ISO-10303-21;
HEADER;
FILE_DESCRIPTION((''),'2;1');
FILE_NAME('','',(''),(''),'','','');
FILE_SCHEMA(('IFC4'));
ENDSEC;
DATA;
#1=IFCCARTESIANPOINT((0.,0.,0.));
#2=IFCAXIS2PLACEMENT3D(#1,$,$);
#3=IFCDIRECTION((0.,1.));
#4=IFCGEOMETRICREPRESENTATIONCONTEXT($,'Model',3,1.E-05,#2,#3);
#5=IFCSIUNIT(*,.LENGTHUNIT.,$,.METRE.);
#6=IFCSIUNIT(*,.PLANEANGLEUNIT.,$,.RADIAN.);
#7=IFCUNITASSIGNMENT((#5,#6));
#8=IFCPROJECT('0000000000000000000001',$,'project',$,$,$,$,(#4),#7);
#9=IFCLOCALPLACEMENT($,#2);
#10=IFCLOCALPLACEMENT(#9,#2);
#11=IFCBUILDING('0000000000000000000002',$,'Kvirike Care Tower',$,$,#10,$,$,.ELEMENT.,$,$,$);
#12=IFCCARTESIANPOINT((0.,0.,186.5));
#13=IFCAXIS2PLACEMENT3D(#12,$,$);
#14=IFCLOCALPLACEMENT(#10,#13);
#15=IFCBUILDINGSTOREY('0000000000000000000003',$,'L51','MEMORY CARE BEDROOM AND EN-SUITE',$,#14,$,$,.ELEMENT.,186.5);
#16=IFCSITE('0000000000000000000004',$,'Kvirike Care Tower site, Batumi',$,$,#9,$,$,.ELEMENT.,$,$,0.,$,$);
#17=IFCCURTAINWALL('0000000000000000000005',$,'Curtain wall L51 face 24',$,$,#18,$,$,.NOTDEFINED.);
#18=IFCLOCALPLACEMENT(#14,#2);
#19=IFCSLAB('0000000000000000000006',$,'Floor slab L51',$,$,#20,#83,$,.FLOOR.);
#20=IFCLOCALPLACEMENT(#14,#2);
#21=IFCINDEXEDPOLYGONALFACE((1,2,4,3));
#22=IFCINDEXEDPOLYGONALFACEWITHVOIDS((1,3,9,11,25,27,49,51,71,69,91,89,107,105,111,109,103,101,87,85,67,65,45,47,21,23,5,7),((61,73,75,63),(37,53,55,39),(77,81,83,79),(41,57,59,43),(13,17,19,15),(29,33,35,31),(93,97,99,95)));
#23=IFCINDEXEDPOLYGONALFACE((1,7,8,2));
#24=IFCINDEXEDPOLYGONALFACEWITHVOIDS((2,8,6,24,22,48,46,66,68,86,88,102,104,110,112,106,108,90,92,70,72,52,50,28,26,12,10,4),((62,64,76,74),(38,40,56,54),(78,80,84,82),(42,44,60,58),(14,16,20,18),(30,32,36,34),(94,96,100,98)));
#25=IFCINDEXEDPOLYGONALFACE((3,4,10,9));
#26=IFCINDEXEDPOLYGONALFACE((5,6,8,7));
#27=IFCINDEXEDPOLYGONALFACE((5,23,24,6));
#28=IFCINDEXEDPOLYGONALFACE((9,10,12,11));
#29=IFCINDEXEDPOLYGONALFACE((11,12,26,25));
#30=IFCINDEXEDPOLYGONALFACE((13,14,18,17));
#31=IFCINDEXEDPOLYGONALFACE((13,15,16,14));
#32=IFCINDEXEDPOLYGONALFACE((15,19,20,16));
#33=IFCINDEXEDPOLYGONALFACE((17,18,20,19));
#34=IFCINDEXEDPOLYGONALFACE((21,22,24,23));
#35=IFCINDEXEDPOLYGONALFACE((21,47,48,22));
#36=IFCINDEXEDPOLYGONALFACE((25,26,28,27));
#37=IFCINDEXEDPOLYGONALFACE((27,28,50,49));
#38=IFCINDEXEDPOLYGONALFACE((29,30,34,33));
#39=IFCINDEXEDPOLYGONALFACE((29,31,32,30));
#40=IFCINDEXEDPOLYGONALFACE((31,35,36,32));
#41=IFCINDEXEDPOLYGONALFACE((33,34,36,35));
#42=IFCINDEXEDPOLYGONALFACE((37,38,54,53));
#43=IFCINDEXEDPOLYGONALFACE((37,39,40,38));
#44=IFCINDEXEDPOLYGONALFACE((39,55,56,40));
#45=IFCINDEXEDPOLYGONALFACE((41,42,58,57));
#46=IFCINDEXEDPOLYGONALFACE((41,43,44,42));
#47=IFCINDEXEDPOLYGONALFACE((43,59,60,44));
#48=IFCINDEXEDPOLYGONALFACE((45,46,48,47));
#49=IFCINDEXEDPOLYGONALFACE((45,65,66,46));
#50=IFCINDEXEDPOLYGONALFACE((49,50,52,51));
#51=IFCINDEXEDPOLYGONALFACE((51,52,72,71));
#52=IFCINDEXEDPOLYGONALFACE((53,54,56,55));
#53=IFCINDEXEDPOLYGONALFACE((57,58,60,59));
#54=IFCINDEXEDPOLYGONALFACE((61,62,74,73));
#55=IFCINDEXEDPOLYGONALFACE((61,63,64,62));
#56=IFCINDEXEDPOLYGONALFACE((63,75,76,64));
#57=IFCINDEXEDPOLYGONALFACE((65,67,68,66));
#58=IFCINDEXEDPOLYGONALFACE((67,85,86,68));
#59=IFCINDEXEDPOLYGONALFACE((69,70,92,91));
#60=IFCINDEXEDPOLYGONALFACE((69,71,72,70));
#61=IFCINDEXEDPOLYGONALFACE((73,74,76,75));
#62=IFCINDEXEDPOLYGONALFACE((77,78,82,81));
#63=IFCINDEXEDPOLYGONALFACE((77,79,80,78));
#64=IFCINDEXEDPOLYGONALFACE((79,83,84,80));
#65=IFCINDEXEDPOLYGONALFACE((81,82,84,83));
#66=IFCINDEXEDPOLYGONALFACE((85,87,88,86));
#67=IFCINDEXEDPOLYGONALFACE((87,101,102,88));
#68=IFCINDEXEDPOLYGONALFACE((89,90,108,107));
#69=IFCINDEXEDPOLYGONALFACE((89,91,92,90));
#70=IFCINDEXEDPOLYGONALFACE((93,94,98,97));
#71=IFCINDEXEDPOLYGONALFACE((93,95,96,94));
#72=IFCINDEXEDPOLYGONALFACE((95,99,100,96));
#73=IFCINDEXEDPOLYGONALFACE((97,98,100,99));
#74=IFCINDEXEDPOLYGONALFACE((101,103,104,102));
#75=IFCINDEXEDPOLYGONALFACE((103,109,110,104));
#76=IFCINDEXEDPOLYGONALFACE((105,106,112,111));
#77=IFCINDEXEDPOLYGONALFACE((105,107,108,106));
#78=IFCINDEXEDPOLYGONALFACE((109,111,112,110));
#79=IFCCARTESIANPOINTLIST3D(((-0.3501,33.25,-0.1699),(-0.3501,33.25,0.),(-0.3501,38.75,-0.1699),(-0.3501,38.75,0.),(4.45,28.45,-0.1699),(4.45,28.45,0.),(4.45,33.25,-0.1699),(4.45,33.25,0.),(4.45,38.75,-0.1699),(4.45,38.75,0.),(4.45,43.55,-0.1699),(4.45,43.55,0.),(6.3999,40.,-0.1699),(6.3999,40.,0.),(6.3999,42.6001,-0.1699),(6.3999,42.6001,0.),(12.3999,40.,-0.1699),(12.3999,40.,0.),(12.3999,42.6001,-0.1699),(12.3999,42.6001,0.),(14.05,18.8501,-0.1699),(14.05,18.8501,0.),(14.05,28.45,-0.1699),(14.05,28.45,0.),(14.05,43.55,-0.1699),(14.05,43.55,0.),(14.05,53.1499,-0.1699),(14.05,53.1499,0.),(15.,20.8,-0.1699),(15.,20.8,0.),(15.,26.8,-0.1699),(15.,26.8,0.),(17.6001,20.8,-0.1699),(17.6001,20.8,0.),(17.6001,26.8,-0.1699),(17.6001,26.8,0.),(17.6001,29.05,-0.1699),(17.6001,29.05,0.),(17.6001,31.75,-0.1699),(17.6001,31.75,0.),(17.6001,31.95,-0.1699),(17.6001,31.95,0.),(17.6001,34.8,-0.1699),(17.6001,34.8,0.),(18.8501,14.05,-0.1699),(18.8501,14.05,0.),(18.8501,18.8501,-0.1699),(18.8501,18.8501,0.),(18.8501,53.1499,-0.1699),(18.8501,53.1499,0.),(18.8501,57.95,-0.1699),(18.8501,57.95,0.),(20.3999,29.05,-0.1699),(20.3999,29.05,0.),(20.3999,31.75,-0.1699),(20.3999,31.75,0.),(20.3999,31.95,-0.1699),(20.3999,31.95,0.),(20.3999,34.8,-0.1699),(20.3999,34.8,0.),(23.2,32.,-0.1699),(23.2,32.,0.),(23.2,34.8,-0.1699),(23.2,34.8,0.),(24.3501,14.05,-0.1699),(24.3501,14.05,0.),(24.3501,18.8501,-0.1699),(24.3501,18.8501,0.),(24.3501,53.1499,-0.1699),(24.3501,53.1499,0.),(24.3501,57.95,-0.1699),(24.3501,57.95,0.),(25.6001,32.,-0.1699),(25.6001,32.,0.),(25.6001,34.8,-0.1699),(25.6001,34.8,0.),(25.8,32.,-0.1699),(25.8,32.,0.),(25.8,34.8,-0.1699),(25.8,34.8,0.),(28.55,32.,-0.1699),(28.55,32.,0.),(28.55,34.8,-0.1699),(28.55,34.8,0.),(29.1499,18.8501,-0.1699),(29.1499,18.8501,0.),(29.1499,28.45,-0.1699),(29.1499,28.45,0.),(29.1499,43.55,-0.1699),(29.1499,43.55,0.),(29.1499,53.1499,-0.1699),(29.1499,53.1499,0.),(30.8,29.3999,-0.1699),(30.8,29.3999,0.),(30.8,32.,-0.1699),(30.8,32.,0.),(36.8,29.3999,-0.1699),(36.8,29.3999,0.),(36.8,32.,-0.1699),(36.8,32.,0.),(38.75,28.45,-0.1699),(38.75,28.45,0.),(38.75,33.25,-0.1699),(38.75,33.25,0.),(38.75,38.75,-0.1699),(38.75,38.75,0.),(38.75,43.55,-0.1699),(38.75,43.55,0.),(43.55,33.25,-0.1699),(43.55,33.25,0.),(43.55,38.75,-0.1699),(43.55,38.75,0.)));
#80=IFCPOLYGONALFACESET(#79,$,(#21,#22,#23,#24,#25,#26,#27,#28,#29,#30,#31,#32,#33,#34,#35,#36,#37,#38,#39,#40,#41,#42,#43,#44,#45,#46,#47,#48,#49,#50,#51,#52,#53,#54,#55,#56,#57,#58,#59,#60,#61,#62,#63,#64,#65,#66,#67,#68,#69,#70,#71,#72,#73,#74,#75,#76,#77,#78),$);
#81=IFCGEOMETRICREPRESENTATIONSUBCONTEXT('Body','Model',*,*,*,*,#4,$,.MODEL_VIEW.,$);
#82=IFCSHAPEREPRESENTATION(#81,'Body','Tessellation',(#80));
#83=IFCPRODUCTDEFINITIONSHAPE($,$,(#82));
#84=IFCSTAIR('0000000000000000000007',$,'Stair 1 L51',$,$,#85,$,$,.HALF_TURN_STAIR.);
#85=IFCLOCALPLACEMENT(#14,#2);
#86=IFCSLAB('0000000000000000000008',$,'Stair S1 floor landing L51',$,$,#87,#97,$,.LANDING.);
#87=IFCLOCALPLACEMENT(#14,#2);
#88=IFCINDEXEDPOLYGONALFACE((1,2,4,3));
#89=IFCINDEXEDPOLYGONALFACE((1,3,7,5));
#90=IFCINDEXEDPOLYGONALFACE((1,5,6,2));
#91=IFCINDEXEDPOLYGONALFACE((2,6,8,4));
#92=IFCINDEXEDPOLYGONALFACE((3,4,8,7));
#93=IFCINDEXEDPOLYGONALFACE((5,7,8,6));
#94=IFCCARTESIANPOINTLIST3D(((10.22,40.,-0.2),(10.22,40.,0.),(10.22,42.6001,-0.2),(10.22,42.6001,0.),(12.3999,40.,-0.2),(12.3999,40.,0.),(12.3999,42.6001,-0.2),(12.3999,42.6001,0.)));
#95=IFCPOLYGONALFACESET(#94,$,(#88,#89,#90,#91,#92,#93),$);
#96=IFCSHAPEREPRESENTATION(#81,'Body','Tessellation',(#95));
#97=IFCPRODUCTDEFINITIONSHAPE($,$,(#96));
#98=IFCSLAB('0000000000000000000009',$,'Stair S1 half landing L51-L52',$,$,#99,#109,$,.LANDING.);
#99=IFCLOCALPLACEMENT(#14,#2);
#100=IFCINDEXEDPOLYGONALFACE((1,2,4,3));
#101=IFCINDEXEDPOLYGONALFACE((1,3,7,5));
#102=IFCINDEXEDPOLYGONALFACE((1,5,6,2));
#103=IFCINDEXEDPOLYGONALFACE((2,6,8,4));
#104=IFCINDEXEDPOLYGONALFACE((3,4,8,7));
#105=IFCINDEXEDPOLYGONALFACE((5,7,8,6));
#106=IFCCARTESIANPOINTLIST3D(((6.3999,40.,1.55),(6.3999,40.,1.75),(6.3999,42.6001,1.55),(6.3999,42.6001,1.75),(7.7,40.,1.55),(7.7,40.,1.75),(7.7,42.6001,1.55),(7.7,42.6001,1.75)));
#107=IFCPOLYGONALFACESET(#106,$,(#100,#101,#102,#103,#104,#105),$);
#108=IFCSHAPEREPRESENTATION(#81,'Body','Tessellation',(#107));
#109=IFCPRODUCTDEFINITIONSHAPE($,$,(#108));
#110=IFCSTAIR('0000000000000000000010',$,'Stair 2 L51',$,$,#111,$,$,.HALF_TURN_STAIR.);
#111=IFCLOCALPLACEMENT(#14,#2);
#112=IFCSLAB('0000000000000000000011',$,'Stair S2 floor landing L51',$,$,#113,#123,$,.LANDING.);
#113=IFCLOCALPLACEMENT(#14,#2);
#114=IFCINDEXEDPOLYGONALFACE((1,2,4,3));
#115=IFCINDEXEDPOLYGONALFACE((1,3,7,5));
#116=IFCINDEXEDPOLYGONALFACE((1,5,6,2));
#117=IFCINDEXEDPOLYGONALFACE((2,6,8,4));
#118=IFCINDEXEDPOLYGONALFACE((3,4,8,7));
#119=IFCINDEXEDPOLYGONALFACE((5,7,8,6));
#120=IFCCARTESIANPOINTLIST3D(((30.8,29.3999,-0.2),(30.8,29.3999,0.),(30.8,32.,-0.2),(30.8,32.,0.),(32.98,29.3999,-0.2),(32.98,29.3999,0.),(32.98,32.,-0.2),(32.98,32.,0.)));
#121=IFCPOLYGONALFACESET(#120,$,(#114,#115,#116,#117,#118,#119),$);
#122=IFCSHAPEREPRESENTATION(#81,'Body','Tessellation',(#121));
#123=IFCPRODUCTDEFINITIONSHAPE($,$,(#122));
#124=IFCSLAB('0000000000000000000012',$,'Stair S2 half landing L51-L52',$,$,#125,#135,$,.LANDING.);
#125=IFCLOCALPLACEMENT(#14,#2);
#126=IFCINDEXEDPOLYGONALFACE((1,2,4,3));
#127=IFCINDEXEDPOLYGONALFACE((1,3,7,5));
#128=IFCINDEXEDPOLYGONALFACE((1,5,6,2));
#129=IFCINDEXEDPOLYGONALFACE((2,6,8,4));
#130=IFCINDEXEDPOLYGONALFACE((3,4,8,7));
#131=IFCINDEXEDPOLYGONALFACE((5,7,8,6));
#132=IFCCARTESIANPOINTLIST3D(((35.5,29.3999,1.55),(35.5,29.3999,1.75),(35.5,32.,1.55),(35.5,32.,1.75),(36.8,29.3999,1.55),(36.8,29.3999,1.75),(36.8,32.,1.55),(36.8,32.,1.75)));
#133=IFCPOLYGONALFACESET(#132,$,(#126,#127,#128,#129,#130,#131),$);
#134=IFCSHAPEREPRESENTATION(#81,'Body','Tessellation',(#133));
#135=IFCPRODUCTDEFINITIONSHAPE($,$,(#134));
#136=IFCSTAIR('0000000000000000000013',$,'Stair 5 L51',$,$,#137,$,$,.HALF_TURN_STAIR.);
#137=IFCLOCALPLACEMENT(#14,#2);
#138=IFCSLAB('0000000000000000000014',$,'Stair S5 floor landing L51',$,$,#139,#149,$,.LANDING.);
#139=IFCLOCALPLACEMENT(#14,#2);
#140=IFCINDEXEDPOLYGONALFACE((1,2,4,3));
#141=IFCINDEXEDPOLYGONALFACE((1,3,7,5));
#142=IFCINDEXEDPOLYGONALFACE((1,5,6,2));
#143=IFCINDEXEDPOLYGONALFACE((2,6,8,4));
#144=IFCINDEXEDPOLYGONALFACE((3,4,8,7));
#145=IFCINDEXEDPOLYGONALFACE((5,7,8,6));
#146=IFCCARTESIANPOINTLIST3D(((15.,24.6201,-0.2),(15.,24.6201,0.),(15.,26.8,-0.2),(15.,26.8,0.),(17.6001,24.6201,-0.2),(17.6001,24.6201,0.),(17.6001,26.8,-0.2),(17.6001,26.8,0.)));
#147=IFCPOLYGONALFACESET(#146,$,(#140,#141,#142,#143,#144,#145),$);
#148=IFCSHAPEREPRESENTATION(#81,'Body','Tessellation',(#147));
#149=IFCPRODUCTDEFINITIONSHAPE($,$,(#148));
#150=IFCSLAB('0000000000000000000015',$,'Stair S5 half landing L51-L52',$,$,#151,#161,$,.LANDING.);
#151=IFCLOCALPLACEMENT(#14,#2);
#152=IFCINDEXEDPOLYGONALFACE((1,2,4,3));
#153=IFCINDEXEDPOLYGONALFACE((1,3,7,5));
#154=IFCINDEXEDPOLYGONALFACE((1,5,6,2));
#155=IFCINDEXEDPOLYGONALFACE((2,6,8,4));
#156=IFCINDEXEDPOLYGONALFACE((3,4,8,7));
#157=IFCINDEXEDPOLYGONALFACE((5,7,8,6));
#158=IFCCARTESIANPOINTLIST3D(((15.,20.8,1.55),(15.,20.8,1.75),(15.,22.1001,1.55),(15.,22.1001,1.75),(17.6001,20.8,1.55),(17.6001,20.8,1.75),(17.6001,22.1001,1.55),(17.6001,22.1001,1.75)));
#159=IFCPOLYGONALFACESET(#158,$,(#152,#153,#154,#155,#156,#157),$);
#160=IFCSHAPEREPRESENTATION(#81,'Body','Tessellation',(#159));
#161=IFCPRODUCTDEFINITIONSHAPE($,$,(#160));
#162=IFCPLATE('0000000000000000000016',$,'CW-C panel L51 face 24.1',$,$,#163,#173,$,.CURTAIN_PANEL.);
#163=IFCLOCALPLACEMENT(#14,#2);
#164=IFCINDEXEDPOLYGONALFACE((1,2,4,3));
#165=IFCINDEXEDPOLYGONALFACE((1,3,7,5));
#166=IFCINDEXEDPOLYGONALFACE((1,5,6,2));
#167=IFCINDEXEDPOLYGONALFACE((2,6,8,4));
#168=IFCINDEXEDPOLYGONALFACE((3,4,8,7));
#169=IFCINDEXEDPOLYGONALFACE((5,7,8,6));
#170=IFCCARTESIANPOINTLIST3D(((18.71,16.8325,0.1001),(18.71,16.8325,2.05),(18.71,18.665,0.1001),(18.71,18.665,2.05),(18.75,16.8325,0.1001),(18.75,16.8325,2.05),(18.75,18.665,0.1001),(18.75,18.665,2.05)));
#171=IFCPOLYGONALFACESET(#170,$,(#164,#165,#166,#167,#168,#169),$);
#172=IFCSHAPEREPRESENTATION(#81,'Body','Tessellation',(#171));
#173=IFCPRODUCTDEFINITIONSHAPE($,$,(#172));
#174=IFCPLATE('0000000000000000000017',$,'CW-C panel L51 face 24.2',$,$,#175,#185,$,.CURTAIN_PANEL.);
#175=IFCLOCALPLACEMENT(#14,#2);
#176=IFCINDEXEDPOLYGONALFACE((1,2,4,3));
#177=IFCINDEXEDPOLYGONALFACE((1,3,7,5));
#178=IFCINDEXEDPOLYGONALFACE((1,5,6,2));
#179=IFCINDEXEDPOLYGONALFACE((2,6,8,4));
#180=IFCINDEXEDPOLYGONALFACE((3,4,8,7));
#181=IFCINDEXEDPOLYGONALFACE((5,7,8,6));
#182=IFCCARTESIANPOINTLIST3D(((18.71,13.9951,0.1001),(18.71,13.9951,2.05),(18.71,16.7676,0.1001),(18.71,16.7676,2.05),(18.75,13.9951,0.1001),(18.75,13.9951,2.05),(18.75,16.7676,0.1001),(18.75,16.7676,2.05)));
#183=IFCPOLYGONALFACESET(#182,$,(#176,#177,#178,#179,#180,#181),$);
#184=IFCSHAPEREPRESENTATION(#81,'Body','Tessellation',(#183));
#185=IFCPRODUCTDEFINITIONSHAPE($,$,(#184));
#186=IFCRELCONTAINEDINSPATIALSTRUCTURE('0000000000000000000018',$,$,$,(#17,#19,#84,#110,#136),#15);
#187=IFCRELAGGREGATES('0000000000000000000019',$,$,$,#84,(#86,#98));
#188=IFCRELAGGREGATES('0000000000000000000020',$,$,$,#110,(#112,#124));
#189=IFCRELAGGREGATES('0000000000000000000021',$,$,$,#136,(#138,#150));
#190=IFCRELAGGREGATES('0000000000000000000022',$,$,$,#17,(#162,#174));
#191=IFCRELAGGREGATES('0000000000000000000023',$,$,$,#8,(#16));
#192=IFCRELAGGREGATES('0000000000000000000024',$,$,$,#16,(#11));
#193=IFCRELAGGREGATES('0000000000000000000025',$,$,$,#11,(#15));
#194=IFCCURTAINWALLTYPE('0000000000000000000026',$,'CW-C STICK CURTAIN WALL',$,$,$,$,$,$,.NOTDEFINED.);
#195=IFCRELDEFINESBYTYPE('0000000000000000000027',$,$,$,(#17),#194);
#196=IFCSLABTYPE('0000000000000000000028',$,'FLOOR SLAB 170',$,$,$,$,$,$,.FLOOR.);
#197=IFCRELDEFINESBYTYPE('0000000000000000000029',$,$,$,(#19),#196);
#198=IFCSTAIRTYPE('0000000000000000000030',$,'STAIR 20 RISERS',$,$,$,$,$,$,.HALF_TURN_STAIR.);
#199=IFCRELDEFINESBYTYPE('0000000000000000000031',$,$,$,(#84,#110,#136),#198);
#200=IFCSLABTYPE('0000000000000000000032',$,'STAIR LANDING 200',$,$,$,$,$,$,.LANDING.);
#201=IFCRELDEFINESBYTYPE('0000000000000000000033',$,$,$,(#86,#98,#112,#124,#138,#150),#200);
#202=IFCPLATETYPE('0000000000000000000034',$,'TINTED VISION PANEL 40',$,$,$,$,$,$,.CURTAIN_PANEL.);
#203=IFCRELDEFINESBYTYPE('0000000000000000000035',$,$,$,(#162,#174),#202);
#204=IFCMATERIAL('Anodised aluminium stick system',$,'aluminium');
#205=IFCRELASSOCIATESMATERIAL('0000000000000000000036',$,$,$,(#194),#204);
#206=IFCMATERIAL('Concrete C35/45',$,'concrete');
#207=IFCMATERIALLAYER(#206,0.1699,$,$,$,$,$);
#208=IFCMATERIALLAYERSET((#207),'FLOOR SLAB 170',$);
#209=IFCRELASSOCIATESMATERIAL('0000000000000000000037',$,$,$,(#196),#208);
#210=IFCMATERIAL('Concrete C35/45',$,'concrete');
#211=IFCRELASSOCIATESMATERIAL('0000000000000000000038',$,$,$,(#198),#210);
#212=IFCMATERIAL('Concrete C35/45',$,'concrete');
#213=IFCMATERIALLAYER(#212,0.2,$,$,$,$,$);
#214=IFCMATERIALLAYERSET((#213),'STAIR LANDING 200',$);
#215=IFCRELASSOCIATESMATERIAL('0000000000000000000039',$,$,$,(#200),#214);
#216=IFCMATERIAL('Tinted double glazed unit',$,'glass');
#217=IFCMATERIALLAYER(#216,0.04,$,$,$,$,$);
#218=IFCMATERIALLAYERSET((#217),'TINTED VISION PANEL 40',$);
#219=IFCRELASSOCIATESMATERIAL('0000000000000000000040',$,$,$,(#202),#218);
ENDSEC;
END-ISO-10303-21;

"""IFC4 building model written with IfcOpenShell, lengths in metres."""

from ifc_helpers import new_model, si_unit, direction, frame, origin, origin_2d, place, context, subcontext, project, spatial, polyline, rectangle, outline, extrude, material, layer, layer_set, type_object, element, aggregate, save


model = new_model("IFC4")

# Units and contexts
model_context = context("Model", 3, precision=1e-05, world=origin(), true_north=direction((0.0, 1.0)))
body_context = subcontext(model_context, "Body", "Model", "MODEL_VIEW")
ifc_project = project(units=[si_unit("LENGTHUNIT", "METRE"), si_unit("PLANEANGLEUNIT", "RADIAN")], contexts=[model_context])

# Site, building, storey
site_placement = place(None, origin())
site = spatial("IfcSite", under=ifc_project, at=site_placement, Name="Kvirike Care Tower site, Batumi", CompositionType="ELEMENT", RefElevation=0.0)
building_placement = place(site_placement, origin())
building = spatial("IfcBuilding", under=site, at=building_placement, Name="Kvirike Care Tower", CompositionType="ELEMENT")
storey_placement = place(building_placement, frame((0.0, 0.0, 186.5)))
storey = spatial("IfcBuildingStorey", under=building, at=storey_placement, Name="L51", Description="MEMORY CARE BEDROOM AND EN-SUITE", CompositionType="ELEMENT", Elevation=186.5)

# Curtain wall
ifc_material_1 = material(Name="Anodised aluminium stick system", Category="aluminium")
curtain_wall_type = type_object("IfcCurtainWallType", Name="CW-C STICK CURTAIN WALL", PredefinedType="NOTDEFINED", material=ifc_material_1)
curtain_wall_1_placement = place(storey_placement, origin())
curtain_wall_1 = element("IfcCurtainWall", 1, at=curtain_wall_1_placement, inside=storey, type_object=curtain_wall_type, Name="Curtain wall L51 face 24", PredefinedType="NOTDEFINED")

# Slab
ifc_material_2 = material(Name="Concrete C35/45", Category="concrete")
ifc_layer_1 = layer(ifc_material_2, 0.1699)
ifc_layer_set_1 = layer_set([ifc_layer_1], Name="FLOOR SLAB 170")
slab_type_1 = type_object("IfcSlabType", Name="FLOOR SLAB 170", PredefinedType="FLOOR", material=ifc_layer_set_1)
slab_1_placement = place(storey_placement, frame((0.0, 0.0, -0.1699)))
element("IfcSlab", 2, at=slab_1_placement, inside=storey, type_object=slab_type_1, Name="Floor slab L51", PredefinedType="FLOOR", context=body_context, shape_type="SweptSolid", body=[
    extrude(outline(polyline([(29.1499, 28.45), (38.75, 28.45), (38.75, 33.25), (43.55, 33.25), (43.55, 38.75), (38.75, 38.75), (38.75, 43.55), (29.1499, 43.55), (29.1499, 53.1499), (24.3501, 53.1499), (24.3501, 57.95), (18.8501, 57.95), (18.8501, 53.1499), (14.05, 53.1499), (14.05, 43.55), (4.45, 43.55), (4.45, 38.75), (-0.3501, 38.75), (-0.3501, 33.25), (4.45, 33.25), (4.45, 28.45), (14.05, 28.45), (14.05, 18.8501), (18.8501, 18.8501), (18.8501, 14.05), (24.3501, 14.05), (24.3501, 18.8501), (29.1499, 18.8501), (29.1499, 28.45)]), holes=[polyline([(17.6001, 29.05), (17.6001, 31.75), (20.3999, 31.75), (20.3999, 29.05), (17.6001, 29.05)]), polyline([(17.6001, 31.95), (17.6001, 34.8), (20.3999, 34.8), (20.3999, 31.95), (17.6001, 31.95)]), polyline([(23.2, 32.0), (23.2, 34.8), (25.6001, 34.8), (25.6001, 32.0), (23.2, 32.0)]), polyline([(25.8, 32.0), (25.8, 34.8), (28.55, 34.8), (28.55, 32.0), (25.8, 32.0)]), polyline([(12.3999, 42.6001), (12.3999, 40.0), (6.3999, 40.0), (6.3999, 42.6001), (12.3999, 42.6001)]), polyline([(30.8, 29.3999), (30.8, 32.0), (36.8, 32.0), (36.8, 29.3999), (30.8, 29.3999)]), polyline([(15.0, 26.8), (17.6001, 26.8), (17.6001, 20.8), (15.0, 20.8), (15.0, 26.8)])]), origin(), (0.0, 0.0, 1.0), 0.1699),
])

# Stairs, slabs
ifc_material_3 = material(Name="Concrete C35/45", Category="concrete")
stair_type = type_object("IfcStairType", Name="STAIR 20 RISERS", PredefinedType="HALF_TURN_STAIR", material=ifc_material_3)
stair_1_placement = place(storey_placement, origin())
stair_1 = element("IfcStair", 3, at=stair_1_placement, inside=storey, type_object=stair_type, Name="Stair 1 L51", PredefinedType="HALF_TURN_STAIR")
ifc_material_4 = material(Name="Concrete C35/45", Category="concrete")
ifc_layer_2 = layer(ifc_material_4, 0.2)
ifc_layer_set_2 = layer_set([ifc_layer_2], Name="STAIR LANDING 200")
slab_type_2 = type_object("IfcSlabType", Name="STAIR LANDING 200", PredefinedType="LANDING", material=ifc_layer_set_2)
slab_2_placement = place(storey_placement, frame((0.0, 0.0, -0.2)))
slab_2 = element("IfcSlab", 4, at=slab_2_placement, type_object=slab_type_2, Name="Stair S1 floor landing L51", PredefinedType="LANDING", context=body_context, shape_type="SweptSolid", body=[
    extrude(outline(polyline([(10.22, 42.6001), (10.22, 40.0), (12.3999, 40.0), (12.3999, 42.6001), (10.22, 42.6001)])), origin(), (0.0, 0.0, 1.0), 0.2),
])
slab_3_placement = place(storey_placement, frame((0.0, 0.0, 1.55)))
slab_3 = element("IfcSlab", 5, at=slab_3_placement, type_object=slab_type_2, Name="Stair S1 half landing L51-L52", PredefinedType="LANDING", context=body_context, shape_type="SweptSolid", body=[
    extrude(outline(polyline([(6.3999, 42.6001), (6.3999, 40.0), (7.7, 40.0), (7.7, 42.6001), (6.3999, 42.6001)])), origin(), (0.0, 0.0, 1.0), 0.2),
])
aggregate(stair_1, [slab_2, slab_3])
stair_2_placement = place(storey_placement, origin())
stair_2 = element("IfcStair", 6, at=stair_2_placement, inside=storey, type_object=stair_type, Name="Stair 2 L51", PredefinedType="HALF_TURN_STAIR")
slab_4_placement = place(storey_placement, frame((0.0, 0.0, -0.2)))
slab_4 = element("IfcSlab", 7, at=slab_4_placement, type_object=slab_type_2, Name="Stair S2 floor landing L51", PredefinedType="LANDING", context=body_context, shape_type="SweptSolid", body=[
    extrude(outline(polyline([(32.98, 29.3999), (32.98, 32.0), (30.8, 32.0), (30.8, 29.3999), (32.98, 29.3999)])), origin(), (0.0, 0.0, 1.0), 0.2),
])
slab_5_placement = place(storey_placement, frame((0.0, 0.0, 1.55)))
slab_5 = element("IfcSlab", 8, at=slab_5_placement, type_object=slab_type_2, Name="Stair S2 half landing L51-L52", PredefinedType="LANDING", context=body_context, shape_type="SweptSolid", body=[
    extrude(outline(polyline([(36.8, 29.3999), (36.8, 32.0), (35.5, 32.0), (35.5, 29.3999), (36.8, 29.3999)])), origin(), (0.0, 0.0, 1.0), 0.2),
])
aggregate(stair_2, [slab_4, slab_5])
stair_3_placement = place(storey_placement, origin())
stair_3 = element("IfcStair", 9, at=stair_3_placement, inside=storey, type_object=stair_type, Name="Stair 5 L51", PredefinedType="HALF_TURN_STAIR")
slab_6_placement = place(storey_placement, frame((0.0, 0.0, -0.2)))
slab_6 = element("IfcSlab", 10, at=slab_6_placement, type_object=slab_type_2, Name="Stair S5 floor landing L51", PredefinedType="LANDING", context=body_context, shape_type="SweptSolid", body=[
    extrude(outline(polyline([(15.0, 24.6201), (17.6001, 24.6201), (17.6001, 26.8), (15.0, 26.8), (15.0, 24.6201)])), origin(), (0.0, 0.0, 1.0), 0.2),
])
slab_7_placement = place(storey_placement, frame((0.0, 0.0, 1.55)))
slab_7 = element("IfcSlab", 11, at=slab_7_placement, type_object=slab_type_2, Name="Stair S5 half landing L51-L52", PredefinedType="LANDING", context=body_context, shape_type="SweptSolid", body=[
    extrude(outline(polyline([(15.0, 20.8), (17.6001, 20.8), (17.6001, 22.1001), (15.0, 22.1001), (15.0, 20.8)])), origin(), (0.0, 0.0, 1.0), 0.2),
])
aggregate(stair_3, [slab_6, slab_7])

# Plates
ifc_material_5 = material(Name="Tinted double glazed unit", Category="glass")
ifc_layer_3 = layer(ifc_material_5, 0.04)
ifc_layer_set_3 = layer_set([ifc_layer_3], Name="TINTED VISION PANEL 40")
plate_type = type_object("IfcPlateType", Name="TINTED VISION PANEL 40", PredefinedType="CURTAIN_PANEL", material=ifc_layer_set_3)
plate_1_placement = place(storey_placement, frame((18.73, 17.7488, 0.1001), z_axis=(0.0, 0.0, 1.0), x_axis=(0.0, -1.0, 0.0)))
plate_1 = element("IfcPlate", 12, at=plate_1_placement, type_object=plate_type, Name="CW-C panel L51 face 24.1", PredefinedType="CURTAIN_PANEL", context=body_context, shape_type="SweptSolid", body=[
    extrude(rectangle(XDim=1.8325, YDim=0.04, at=origin_2d()), origin(), (0.0, 0.0, 1.0), 1.95),
])
plate_2_placement = place(storey_placement, frame((18.73, 15.3813, 0.1001), z_axis=(0.0, 0.0, 1.0), x_axis=(0.0, -1.0, 0.0)))
plate_2 = element("IfcPlate", 13, at=plate_2_placement, type_object=plate_type, Name="CW-C panel L51 face 24.2", PredefinedType="CURTAIN_PANEL", context=body_context, shape_type="SweptSolid", body=[
    extrude(rectangle(XDim=2.7725, YDim=0.04, at=origin_2d()), origin(), (0.0, 0.0, 1.0), 1.95),
])
aggregate(curtain_wall_1, [plate_1, plate_2])

save(model, "model.ifc")
